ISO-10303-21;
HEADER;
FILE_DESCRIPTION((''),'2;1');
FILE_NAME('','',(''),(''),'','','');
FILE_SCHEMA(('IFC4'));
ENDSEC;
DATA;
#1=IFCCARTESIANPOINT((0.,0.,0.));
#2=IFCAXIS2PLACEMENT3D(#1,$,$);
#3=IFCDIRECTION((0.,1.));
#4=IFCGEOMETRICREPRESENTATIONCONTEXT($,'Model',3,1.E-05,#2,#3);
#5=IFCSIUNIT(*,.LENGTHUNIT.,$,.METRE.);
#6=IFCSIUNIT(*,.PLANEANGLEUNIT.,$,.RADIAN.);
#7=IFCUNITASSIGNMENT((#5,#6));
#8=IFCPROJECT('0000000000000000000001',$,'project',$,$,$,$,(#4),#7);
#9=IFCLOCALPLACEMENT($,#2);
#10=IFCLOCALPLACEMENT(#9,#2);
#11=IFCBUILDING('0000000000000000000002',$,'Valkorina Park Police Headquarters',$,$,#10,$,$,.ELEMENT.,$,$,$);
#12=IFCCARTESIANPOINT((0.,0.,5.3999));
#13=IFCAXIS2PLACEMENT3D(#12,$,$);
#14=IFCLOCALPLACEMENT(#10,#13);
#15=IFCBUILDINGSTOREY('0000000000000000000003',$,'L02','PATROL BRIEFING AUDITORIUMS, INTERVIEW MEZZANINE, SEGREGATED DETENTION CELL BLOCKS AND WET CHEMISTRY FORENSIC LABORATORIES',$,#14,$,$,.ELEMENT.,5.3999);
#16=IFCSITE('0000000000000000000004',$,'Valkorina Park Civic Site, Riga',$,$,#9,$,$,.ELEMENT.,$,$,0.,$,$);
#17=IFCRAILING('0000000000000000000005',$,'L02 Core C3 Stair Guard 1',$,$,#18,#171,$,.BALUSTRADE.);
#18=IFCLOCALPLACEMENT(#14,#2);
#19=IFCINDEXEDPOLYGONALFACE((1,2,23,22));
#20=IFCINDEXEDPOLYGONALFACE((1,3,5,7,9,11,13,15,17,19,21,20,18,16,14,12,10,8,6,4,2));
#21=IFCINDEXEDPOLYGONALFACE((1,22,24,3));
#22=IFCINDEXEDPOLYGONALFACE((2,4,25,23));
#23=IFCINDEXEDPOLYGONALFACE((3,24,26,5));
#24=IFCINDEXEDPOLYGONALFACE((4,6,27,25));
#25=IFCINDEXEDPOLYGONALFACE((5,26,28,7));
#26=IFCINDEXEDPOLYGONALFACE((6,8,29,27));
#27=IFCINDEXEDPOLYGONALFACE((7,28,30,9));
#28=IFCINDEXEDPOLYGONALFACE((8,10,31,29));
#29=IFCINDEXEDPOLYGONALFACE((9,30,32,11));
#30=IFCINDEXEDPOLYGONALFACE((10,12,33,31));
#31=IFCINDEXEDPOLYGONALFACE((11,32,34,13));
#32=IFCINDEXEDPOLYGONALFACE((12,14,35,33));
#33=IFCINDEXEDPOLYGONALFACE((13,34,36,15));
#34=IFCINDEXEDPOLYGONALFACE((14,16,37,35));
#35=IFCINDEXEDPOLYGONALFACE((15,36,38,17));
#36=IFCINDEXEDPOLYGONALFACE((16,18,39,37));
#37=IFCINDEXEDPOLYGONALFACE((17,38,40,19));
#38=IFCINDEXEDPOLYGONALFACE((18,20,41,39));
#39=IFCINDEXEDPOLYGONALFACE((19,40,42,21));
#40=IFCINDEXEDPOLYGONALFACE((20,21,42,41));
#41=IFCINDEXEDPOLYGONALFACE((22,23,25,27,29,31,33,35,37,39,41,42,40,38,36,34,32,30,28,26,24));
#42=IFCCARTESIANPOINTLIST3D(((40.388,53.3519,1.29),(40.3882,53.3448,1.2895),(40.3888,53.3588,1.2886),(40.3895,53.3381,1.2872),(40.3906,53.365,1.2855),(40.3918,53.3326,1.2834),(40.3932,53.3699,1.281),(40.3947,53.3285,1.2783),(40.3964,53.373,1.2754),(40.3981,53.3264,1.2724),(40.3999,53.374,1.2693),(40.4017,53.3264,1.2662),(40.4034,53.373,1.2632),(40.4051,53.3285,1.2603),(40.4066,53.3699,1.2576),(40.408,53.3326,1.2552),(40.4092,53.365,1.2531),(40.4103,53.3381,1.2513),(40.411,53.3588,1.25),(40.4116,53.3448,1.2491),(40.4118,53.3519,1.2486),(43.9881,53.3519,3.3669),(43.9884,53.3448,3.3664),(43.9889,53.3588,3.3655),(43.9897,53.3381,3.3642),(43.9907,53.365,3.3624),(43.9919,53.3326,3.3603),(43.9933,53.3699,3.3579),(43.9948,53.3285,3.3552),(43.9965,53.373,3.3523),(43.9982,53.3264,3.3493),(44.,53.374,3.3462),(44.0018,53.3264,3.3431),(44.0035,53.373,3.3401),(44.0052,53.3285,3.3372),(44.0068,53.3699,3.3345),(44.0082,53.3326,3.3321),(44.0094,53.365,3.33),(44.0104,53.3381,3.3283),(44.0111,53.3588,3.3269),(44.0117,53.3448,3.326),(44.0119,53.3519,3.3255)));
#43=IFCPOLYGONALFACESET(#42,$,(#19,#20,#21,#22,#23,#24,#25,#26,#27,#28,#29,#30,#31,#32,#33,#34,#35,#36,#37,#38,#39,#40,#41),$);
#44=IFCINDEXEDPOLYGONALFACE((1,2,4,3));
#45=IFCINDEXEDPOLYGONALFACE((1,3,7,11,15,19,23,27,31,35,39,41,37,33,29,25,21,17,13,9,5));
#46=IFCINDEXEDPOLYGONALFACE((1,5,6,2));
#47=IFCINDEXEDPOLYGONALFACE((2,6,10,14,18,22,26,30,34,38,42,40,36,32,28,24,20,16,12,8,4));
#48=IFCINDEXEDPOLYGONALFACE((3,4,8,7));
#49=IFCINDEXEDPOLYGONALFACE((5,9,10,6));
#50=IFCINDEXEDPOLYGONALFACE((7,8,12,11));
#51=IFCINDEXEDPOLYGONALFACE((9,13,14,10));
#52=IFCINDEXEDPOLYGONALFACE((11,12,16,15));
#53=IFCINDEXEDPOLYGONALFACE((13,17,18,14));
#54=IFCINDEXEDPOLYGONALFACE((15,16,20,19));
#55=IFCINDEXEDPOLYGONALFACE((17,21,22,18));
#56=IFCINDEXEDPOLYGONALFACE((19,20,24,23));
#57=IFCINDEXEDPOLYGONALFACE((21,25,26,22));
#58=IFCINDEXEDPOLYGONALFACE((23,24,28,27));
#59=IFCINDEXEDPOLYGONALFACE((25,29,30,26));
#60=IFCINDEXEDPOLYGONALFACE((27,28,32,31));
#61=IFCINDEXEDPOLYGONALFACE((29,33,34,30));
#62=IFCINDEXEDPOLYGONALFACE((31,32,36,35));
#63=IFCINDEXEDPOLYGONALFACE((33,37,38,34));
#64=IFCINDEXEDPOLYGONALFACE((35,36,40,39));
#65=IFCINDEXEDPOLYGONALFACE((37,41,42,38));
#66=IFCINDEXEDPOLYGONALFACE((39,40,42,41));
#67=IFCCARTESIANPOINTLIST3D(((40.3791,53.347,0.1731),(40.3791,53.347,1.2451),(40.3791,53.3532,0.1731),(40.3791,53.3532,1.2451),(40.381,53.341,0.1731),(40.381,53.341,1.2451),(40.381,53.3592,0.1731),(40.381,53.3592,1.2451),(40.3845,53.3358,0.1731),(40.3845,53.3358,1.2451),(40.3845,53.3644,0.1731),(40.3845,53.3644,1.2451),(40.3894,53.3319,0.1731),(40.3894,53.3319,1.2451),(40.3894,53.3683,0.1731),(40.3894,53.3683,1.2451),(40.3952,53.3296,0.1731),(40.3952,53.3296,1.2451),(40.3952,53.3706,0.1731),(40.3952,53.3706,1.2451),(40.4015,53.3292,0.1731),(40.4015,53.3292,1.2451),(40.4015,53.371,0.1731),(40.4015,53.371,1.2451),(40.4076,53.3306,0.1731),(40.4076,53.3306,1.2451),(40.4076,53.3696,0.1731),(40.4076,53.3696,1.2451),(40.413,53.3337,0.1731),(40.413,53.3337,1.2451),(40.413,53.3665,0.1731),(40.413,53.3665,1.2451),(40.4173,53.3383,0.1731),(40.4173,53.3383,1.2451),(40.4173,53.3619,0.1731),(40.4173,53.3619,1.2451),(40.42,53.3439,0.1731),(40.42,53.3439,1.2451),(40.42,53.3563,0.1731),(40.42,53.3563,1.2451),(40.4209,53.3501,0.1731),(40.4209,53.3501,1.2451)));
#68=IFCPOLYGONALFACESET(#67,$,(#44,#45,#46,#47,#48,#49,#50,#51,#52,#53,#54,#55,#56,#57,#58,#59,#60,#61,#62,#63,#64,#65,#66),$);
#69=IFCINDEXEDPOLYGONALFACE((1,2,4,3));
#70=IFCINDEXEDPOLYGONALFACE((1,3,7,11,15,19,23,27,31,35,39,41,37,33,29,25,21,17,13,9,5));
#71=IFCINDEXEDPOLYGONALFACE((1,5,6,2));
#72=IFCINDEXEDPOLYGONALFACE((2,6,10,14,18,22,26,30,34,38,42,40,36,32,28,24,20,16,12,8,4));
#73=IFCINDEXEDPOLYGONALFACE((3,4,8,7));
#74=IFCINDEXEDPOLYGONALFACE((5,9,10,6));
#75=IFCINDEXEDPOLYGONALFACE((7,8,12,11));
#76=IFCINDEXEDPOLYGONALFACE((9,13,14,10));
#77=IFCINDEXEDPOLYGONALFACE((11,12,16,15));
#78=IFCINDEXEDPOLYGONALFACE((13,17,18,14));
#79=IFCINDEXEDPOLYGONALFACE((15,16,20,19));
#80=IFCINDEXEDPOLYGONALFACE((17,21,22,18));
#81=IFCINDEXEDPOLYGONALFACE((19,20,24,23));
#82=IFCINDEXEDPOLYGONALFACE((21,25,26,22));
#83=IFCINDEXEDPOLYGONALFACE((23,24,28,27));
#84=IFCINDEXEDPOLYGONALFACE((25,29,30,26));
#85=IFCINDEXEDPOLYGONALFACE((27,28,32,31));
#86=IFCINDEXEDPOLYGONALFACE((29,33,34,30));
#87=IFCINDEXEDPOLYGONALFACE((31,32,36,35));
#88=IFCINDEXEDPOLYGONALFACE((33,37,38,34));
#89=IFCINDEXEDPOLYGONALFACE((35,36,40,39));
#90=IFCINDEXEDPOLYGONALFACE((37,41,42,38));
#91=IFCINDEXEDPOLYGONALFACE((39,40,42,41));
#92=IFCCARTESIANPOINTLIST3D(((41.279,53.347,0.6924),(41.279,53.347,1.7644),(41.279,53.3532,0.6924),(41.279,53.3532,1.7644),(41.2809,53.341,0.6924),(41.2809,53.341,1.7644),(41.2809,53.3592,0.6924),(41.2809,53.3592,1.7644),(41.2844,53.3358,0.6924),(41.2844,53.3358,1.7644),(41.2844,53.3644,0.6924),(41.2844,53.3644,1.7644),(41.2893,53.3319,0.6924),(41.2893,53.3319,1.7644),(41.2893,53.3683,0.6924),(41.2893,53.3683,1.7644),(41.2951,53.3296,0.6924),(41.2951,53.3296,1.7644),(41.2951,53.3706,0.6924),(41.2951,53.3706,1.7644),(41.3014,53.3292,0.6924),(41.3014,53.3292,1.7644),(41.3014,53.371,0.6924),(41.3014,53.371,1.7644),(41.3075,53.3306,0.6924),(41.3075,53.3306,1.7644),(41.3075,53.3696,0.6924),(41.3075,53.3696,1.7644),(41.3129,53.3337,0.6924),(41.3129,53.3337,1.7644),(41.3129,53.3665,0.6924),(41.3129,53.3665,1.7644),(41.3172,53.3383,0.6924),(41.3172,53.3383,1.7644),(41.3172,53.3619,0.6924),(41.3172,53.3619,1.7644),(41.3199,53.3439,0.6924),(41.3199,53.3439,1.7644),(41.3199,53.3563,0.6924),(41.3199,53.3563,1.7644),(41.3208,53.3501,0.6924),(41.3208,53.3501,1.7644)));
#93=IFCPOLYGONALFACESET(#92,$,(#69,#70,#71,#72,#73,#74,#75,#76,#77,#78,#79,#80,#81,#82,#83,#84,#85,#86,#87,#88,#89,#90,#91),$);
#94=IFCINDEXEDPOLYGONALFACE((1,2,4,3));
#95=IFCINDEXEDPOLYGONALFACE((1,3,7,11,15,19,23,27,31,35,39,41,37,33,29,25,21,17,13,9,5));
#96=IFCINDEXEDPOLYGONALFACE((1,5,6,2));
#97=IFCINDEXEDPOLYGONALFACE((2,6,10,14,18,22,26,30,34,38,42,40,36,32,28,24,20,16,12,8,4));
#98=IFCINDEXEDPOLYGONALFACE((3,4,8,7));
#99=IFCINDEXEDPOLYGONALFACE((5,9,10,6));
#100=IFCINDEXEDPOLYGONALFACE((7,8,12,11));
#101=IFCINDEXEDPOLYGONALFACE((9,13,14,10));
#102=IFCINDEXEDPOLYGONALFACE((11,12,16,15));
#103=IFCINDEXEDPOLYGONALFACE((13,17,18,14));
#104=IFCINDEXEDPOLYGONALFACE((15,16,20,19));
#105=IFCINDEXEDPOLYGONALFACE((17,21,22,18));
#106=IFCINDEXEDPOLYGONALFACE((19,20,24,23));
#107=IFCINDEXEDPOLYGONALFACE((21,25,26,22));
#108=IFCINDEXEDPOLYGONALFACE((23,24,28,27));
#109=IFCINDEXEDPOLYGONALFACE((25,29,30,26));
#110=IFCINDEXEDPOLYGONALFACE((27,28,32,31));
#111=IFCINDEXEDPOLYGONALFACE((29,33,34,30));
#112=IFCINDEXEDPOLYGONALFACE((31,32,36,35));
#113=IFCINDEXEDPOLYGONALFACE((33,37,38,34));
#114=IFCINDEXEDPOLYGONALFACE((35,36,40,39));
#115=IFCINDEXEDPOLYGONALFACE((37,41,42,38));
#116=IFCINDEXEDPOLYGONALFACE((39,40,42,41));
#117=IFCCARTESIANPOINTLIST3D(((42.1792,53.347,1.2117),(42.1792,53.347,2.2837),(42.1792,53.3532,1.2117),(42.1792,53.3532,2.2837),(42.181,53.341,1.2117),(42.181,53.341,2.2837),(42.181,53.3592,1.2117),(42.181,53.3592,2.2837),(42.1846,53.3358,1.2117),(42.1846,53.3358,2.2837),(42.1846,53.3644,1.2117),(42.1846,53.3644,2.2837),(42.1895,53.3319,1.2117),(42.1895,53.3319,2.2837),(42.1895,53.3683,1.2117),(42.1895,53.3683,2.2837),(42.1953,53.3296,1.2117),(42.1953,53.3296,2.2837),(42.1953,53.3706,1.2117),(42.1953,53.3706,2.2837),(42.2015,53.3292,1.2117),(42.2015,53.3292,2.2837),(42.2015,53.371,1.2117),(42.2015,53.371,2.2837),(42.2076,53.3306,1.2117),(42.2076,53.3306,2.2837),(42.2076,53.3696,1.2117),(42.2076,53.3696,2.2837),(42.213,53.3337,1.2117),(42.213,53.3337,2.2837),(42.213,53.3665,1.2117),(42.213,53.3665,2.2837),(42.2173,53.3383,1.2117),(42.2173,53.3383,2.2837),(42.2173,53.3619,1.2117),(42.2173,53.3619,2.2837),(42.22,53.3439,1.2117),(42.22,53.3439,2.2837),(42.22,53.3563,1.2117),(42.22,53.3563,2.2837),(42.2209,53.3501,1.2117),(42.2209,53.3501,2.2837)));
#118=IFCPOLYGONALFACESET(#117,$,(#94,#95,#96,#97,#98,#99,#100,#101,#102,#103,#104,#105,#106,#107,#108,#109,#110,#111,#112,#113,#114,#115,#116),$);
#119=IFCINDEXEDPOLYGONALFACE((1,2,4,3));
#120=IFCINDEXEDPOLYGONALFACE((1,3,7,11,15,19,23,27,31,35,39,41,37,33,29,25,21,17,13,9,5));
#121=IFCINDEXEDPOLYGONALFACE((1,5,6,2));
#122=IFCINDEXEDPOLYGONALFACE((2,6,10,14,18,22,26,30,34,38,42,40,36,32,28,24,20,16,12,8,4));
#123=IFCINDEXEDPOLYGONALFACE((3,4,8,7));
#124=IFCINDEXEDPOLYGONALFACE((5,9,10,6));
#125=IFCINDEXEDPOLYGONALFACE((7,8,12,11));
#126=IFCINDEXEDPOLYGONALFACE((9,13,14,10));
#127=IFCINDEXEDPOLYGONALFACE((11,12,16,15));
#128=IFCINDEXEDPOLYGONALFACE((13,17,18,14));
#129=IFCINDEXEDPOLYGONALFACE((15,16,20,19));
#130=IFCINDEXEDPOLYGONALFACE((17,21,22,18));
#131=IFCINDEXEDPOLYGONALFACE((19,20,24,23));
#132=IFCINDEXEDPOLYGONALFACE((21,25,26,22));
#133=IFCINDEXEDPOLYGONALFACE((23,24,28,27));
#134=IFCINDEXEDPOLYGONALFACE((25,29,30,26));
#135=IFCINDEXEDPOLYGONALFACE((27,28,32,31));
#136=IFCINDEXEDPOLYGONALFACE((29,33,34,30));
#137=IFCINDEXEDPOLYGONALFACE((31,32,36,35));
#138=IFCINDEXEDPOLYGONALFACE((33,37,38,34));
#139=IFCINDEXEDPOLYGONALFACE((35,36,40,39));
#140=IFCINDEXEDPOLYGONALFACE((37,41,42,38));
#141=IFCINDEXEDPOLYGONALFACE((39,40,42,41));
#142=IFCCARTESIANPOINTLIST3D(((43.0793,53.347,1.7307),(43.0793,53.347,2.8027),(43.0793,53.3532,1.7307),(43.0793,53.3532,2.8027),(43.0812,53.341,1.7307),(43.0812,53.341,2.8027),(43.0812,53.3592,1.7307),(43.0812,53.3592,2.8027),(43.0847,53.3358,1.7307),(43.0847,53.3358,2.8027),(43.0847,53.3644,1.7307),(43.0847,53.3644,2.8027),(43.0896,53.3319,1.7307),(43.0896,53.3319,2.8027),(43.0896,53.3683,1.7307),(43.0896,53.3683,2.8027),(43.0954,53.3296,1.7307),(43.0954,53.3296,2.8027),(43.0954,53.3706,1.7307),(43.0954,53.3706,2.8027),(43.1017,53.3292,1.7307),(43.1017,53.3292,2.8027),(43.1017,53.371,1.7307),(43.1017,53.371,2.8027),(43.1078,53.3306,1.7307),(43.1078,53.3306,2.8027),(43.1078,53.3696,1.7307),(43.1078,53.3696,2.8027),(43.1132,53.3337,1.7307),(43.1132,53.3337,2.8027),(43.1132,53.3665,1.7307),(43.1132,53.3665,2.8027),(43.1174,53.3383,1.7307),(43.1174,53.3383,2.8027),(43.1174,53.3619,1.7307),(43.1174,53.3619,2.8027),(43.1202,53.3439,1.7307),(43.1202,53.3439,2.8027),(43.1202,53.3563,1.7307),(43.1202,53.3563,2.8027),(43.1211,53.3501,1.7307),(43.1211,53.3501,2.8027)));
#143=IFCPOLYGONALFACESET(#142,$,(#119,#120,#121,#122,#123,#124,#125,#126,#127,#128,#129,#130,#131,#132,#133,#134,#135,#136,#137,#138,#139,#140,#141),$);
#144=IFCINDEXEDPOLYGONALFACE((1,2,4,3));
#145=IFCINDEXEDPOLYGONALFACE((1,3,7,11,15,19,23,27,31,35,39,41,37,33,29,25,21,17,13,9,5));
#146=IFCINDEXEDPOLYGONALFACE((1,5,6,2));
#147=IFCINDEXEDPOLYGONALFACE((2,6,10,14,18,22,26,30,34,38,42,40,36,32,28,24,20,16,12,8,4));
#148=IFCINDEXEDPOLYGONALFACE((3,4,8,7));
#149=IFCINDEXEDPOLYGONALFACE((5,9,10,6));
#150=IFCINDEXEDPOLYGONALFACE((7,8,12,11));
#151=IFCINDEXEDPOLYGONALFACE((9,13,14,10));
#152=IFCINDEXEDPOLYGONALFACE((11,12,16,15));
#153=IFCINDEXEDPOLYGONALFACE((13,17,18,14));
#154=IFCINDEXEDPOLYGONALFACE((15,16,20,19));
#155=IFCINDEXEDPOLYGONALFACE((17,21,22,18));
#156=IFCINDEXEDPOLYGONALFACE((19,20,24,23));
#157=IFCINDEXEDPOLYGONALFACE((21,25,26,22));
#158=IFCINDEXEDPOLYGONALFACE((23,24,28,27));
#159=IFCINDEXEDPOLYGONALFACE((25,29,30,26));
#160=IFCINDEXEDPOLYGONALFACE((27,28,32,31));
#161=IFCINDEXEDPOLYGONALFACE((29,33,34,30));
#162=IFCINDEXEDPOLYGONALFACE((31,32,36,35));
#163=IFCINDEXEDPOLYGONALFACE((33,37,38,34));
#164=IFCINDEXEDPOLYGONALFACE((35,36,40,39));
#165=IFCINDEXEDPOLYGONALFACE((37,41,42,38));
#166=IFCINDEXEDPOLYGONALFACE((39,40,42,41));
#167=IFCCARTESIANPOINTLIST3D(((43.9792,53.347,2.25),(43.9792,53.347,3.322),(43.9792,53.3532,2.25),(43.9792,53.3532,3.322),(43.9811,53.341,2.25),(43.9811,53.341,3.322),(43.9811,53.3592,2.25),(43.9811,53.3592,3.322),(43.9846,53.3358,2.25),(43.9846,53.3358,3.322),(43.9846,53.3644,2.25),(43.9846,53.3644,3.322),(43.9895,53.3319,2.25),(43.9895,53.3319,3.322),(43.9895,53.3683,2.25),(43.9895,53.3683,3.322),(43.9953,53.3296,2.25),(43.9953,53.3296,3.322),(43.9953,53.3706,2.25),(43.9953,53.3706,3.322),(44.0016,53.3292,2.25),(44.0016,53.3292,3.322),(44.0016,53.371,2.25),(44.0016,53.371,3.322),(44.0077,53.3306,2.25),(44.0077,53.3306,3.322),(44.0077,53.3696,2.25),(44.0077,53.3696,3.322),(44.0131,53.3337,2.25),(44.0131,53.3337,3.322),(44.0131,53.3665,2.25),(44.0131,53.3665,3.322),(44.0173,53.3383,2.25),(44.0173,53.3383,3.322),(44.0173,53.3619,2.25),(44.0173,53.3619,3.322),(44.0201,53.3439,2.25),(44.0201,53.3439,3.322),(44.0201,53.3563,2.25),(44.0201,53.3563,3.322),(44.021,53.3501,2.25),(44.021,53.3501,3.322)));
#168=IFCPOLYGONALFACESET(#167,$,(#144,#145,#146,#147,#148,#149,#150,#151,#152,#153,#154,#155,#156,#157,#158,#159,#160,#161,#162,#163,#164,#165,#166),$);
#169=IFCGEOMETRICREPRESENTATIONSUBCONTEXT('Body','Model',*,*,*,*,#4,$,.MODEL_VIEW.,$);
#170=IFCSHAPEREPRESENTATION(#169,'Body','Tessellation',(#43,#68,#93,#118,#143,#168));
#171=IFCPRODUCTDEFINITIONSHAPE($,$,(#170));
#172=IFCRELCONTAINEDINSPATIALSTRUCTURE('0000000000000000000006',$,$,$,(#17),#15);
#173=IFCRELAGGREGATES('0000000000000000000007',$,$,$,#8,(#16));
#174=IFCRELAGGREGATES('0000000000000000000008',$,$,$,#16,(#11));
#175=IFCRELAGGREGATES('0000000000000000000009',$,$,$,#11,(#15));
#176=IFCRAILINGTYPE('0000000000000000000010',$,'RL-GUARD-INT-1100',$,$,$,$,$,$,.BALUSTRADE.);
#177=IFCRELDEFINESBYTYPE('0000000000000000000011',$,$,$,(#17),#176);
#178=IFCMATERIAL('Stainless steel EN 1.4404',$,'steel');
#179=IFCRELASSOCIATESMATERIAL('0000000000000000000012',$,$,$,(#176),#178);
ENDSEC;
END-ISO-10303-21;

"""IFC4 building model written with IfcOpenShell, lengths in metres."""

from ifc_helpers import new_model, si_unit, direction, frame, origin, origin_2d, place, context, subcontext, project, spatial, circle, extrude, material, type_object, element, save


model = new_model("IFC4")

# Units and contexts
model_context = context("Model", 3, precision=1e-05, world=origin(), true_north=direction((0.0, 1.0)))
body_context = subcontext(model_context, "Body", "Model", "MODEL_VIEW")
ifc_project = project(units=[si_unit("LENGTHUNIT", "METRE"), si_unit("PLANEANGLEUNIT", "RADIAN")], contexts=[model_context])

# Site, building, storey
site_placement = place(None, origin())
site = spatial("IfcSite", under=ifc_project, at=site_placement, Name="Valkorina Park Civic Site, Riga", CompositionType="ELEMENT", RefElevation=0.0)
building_placement = place(site_placement, origin())
building = spatial("IfcBuilding", under=site, at=building_placement, Name="Valkorina Park Police Headquarters", CompositionType="ELEMENT")
storey_placement = place(building_placement, frame((0.0, 0.0, 5.3999)))
storey = spatial("IfcBuildingStorey", under=building, at=storey_placement, Name="L02", Description="PATROL BRIEFING AUDITORIUMS, INTERVIEW MEZZANINE, SEGREGATED DETENTION CELL BLOCKS AND WET CHEMISTRY FORENSIC LABORATORIES", CompositionType="ELEMENT", Elevation=5.3999)

# Railing
ifc_material_1 = material(Name="Stainless steel EN 1.4404", Category="steel")
railing_type_1 = type_object("IfcRailingType", Name="RL-GUARD-INT-1100", PredefinedType="BALUSTRADE", material=ifc_material_1)
railing_1_placement = place(storey_placement, frame((40.3999, 53.3501, 0.1731)))
element("IfcRailing", 1, at=railing_1_placement, inside=storey, type_object=railing_type_1, Name="L02 Core C3 Stair Guard 1", PredefinedType="BALUSTRADE", context=body_context, shape_type="SweptSolid", body=[
    extrude(circle(Radius=0.0239, at=origin_2d()), frame((0.0, 0.0, 1.0962), z_axis=(0.866193, 0.0, 0.499709), x_axis=(0.0, 1.0, 0.0)), (0.0, 0.0, 1.0), 4.1562),
    extrude(circle(Radius=0.021, at=origin_2d()), origin(), (0.0, 0.0, 1.0), 1.072),
    extrude(circle(Radius=0.021, at=origin_2d()), frame((0.8999, 0.0, 0.5193)), (0.0, 0.0, 1.0), 1.072),
    extrude(circle(Radius=0.021, at=origin_2d()), frame((1.8, 0.0, 1.0386)), (0.0, 0.0, 1.0), 1.072),
    extrude(circle(Radius=0.021, at=origin_2d()), frame((2.7002, 0.0, 1.5576)), (0.0, 0.0, 1.0), 1.072),
    extrude(circle(Radius=0.021, at=origin_2d()), frame((3.6001, 0.0, 2.0769)), (0.0, 0.0, 1.0), 1.072),
])

save(model, "model.ifc")
